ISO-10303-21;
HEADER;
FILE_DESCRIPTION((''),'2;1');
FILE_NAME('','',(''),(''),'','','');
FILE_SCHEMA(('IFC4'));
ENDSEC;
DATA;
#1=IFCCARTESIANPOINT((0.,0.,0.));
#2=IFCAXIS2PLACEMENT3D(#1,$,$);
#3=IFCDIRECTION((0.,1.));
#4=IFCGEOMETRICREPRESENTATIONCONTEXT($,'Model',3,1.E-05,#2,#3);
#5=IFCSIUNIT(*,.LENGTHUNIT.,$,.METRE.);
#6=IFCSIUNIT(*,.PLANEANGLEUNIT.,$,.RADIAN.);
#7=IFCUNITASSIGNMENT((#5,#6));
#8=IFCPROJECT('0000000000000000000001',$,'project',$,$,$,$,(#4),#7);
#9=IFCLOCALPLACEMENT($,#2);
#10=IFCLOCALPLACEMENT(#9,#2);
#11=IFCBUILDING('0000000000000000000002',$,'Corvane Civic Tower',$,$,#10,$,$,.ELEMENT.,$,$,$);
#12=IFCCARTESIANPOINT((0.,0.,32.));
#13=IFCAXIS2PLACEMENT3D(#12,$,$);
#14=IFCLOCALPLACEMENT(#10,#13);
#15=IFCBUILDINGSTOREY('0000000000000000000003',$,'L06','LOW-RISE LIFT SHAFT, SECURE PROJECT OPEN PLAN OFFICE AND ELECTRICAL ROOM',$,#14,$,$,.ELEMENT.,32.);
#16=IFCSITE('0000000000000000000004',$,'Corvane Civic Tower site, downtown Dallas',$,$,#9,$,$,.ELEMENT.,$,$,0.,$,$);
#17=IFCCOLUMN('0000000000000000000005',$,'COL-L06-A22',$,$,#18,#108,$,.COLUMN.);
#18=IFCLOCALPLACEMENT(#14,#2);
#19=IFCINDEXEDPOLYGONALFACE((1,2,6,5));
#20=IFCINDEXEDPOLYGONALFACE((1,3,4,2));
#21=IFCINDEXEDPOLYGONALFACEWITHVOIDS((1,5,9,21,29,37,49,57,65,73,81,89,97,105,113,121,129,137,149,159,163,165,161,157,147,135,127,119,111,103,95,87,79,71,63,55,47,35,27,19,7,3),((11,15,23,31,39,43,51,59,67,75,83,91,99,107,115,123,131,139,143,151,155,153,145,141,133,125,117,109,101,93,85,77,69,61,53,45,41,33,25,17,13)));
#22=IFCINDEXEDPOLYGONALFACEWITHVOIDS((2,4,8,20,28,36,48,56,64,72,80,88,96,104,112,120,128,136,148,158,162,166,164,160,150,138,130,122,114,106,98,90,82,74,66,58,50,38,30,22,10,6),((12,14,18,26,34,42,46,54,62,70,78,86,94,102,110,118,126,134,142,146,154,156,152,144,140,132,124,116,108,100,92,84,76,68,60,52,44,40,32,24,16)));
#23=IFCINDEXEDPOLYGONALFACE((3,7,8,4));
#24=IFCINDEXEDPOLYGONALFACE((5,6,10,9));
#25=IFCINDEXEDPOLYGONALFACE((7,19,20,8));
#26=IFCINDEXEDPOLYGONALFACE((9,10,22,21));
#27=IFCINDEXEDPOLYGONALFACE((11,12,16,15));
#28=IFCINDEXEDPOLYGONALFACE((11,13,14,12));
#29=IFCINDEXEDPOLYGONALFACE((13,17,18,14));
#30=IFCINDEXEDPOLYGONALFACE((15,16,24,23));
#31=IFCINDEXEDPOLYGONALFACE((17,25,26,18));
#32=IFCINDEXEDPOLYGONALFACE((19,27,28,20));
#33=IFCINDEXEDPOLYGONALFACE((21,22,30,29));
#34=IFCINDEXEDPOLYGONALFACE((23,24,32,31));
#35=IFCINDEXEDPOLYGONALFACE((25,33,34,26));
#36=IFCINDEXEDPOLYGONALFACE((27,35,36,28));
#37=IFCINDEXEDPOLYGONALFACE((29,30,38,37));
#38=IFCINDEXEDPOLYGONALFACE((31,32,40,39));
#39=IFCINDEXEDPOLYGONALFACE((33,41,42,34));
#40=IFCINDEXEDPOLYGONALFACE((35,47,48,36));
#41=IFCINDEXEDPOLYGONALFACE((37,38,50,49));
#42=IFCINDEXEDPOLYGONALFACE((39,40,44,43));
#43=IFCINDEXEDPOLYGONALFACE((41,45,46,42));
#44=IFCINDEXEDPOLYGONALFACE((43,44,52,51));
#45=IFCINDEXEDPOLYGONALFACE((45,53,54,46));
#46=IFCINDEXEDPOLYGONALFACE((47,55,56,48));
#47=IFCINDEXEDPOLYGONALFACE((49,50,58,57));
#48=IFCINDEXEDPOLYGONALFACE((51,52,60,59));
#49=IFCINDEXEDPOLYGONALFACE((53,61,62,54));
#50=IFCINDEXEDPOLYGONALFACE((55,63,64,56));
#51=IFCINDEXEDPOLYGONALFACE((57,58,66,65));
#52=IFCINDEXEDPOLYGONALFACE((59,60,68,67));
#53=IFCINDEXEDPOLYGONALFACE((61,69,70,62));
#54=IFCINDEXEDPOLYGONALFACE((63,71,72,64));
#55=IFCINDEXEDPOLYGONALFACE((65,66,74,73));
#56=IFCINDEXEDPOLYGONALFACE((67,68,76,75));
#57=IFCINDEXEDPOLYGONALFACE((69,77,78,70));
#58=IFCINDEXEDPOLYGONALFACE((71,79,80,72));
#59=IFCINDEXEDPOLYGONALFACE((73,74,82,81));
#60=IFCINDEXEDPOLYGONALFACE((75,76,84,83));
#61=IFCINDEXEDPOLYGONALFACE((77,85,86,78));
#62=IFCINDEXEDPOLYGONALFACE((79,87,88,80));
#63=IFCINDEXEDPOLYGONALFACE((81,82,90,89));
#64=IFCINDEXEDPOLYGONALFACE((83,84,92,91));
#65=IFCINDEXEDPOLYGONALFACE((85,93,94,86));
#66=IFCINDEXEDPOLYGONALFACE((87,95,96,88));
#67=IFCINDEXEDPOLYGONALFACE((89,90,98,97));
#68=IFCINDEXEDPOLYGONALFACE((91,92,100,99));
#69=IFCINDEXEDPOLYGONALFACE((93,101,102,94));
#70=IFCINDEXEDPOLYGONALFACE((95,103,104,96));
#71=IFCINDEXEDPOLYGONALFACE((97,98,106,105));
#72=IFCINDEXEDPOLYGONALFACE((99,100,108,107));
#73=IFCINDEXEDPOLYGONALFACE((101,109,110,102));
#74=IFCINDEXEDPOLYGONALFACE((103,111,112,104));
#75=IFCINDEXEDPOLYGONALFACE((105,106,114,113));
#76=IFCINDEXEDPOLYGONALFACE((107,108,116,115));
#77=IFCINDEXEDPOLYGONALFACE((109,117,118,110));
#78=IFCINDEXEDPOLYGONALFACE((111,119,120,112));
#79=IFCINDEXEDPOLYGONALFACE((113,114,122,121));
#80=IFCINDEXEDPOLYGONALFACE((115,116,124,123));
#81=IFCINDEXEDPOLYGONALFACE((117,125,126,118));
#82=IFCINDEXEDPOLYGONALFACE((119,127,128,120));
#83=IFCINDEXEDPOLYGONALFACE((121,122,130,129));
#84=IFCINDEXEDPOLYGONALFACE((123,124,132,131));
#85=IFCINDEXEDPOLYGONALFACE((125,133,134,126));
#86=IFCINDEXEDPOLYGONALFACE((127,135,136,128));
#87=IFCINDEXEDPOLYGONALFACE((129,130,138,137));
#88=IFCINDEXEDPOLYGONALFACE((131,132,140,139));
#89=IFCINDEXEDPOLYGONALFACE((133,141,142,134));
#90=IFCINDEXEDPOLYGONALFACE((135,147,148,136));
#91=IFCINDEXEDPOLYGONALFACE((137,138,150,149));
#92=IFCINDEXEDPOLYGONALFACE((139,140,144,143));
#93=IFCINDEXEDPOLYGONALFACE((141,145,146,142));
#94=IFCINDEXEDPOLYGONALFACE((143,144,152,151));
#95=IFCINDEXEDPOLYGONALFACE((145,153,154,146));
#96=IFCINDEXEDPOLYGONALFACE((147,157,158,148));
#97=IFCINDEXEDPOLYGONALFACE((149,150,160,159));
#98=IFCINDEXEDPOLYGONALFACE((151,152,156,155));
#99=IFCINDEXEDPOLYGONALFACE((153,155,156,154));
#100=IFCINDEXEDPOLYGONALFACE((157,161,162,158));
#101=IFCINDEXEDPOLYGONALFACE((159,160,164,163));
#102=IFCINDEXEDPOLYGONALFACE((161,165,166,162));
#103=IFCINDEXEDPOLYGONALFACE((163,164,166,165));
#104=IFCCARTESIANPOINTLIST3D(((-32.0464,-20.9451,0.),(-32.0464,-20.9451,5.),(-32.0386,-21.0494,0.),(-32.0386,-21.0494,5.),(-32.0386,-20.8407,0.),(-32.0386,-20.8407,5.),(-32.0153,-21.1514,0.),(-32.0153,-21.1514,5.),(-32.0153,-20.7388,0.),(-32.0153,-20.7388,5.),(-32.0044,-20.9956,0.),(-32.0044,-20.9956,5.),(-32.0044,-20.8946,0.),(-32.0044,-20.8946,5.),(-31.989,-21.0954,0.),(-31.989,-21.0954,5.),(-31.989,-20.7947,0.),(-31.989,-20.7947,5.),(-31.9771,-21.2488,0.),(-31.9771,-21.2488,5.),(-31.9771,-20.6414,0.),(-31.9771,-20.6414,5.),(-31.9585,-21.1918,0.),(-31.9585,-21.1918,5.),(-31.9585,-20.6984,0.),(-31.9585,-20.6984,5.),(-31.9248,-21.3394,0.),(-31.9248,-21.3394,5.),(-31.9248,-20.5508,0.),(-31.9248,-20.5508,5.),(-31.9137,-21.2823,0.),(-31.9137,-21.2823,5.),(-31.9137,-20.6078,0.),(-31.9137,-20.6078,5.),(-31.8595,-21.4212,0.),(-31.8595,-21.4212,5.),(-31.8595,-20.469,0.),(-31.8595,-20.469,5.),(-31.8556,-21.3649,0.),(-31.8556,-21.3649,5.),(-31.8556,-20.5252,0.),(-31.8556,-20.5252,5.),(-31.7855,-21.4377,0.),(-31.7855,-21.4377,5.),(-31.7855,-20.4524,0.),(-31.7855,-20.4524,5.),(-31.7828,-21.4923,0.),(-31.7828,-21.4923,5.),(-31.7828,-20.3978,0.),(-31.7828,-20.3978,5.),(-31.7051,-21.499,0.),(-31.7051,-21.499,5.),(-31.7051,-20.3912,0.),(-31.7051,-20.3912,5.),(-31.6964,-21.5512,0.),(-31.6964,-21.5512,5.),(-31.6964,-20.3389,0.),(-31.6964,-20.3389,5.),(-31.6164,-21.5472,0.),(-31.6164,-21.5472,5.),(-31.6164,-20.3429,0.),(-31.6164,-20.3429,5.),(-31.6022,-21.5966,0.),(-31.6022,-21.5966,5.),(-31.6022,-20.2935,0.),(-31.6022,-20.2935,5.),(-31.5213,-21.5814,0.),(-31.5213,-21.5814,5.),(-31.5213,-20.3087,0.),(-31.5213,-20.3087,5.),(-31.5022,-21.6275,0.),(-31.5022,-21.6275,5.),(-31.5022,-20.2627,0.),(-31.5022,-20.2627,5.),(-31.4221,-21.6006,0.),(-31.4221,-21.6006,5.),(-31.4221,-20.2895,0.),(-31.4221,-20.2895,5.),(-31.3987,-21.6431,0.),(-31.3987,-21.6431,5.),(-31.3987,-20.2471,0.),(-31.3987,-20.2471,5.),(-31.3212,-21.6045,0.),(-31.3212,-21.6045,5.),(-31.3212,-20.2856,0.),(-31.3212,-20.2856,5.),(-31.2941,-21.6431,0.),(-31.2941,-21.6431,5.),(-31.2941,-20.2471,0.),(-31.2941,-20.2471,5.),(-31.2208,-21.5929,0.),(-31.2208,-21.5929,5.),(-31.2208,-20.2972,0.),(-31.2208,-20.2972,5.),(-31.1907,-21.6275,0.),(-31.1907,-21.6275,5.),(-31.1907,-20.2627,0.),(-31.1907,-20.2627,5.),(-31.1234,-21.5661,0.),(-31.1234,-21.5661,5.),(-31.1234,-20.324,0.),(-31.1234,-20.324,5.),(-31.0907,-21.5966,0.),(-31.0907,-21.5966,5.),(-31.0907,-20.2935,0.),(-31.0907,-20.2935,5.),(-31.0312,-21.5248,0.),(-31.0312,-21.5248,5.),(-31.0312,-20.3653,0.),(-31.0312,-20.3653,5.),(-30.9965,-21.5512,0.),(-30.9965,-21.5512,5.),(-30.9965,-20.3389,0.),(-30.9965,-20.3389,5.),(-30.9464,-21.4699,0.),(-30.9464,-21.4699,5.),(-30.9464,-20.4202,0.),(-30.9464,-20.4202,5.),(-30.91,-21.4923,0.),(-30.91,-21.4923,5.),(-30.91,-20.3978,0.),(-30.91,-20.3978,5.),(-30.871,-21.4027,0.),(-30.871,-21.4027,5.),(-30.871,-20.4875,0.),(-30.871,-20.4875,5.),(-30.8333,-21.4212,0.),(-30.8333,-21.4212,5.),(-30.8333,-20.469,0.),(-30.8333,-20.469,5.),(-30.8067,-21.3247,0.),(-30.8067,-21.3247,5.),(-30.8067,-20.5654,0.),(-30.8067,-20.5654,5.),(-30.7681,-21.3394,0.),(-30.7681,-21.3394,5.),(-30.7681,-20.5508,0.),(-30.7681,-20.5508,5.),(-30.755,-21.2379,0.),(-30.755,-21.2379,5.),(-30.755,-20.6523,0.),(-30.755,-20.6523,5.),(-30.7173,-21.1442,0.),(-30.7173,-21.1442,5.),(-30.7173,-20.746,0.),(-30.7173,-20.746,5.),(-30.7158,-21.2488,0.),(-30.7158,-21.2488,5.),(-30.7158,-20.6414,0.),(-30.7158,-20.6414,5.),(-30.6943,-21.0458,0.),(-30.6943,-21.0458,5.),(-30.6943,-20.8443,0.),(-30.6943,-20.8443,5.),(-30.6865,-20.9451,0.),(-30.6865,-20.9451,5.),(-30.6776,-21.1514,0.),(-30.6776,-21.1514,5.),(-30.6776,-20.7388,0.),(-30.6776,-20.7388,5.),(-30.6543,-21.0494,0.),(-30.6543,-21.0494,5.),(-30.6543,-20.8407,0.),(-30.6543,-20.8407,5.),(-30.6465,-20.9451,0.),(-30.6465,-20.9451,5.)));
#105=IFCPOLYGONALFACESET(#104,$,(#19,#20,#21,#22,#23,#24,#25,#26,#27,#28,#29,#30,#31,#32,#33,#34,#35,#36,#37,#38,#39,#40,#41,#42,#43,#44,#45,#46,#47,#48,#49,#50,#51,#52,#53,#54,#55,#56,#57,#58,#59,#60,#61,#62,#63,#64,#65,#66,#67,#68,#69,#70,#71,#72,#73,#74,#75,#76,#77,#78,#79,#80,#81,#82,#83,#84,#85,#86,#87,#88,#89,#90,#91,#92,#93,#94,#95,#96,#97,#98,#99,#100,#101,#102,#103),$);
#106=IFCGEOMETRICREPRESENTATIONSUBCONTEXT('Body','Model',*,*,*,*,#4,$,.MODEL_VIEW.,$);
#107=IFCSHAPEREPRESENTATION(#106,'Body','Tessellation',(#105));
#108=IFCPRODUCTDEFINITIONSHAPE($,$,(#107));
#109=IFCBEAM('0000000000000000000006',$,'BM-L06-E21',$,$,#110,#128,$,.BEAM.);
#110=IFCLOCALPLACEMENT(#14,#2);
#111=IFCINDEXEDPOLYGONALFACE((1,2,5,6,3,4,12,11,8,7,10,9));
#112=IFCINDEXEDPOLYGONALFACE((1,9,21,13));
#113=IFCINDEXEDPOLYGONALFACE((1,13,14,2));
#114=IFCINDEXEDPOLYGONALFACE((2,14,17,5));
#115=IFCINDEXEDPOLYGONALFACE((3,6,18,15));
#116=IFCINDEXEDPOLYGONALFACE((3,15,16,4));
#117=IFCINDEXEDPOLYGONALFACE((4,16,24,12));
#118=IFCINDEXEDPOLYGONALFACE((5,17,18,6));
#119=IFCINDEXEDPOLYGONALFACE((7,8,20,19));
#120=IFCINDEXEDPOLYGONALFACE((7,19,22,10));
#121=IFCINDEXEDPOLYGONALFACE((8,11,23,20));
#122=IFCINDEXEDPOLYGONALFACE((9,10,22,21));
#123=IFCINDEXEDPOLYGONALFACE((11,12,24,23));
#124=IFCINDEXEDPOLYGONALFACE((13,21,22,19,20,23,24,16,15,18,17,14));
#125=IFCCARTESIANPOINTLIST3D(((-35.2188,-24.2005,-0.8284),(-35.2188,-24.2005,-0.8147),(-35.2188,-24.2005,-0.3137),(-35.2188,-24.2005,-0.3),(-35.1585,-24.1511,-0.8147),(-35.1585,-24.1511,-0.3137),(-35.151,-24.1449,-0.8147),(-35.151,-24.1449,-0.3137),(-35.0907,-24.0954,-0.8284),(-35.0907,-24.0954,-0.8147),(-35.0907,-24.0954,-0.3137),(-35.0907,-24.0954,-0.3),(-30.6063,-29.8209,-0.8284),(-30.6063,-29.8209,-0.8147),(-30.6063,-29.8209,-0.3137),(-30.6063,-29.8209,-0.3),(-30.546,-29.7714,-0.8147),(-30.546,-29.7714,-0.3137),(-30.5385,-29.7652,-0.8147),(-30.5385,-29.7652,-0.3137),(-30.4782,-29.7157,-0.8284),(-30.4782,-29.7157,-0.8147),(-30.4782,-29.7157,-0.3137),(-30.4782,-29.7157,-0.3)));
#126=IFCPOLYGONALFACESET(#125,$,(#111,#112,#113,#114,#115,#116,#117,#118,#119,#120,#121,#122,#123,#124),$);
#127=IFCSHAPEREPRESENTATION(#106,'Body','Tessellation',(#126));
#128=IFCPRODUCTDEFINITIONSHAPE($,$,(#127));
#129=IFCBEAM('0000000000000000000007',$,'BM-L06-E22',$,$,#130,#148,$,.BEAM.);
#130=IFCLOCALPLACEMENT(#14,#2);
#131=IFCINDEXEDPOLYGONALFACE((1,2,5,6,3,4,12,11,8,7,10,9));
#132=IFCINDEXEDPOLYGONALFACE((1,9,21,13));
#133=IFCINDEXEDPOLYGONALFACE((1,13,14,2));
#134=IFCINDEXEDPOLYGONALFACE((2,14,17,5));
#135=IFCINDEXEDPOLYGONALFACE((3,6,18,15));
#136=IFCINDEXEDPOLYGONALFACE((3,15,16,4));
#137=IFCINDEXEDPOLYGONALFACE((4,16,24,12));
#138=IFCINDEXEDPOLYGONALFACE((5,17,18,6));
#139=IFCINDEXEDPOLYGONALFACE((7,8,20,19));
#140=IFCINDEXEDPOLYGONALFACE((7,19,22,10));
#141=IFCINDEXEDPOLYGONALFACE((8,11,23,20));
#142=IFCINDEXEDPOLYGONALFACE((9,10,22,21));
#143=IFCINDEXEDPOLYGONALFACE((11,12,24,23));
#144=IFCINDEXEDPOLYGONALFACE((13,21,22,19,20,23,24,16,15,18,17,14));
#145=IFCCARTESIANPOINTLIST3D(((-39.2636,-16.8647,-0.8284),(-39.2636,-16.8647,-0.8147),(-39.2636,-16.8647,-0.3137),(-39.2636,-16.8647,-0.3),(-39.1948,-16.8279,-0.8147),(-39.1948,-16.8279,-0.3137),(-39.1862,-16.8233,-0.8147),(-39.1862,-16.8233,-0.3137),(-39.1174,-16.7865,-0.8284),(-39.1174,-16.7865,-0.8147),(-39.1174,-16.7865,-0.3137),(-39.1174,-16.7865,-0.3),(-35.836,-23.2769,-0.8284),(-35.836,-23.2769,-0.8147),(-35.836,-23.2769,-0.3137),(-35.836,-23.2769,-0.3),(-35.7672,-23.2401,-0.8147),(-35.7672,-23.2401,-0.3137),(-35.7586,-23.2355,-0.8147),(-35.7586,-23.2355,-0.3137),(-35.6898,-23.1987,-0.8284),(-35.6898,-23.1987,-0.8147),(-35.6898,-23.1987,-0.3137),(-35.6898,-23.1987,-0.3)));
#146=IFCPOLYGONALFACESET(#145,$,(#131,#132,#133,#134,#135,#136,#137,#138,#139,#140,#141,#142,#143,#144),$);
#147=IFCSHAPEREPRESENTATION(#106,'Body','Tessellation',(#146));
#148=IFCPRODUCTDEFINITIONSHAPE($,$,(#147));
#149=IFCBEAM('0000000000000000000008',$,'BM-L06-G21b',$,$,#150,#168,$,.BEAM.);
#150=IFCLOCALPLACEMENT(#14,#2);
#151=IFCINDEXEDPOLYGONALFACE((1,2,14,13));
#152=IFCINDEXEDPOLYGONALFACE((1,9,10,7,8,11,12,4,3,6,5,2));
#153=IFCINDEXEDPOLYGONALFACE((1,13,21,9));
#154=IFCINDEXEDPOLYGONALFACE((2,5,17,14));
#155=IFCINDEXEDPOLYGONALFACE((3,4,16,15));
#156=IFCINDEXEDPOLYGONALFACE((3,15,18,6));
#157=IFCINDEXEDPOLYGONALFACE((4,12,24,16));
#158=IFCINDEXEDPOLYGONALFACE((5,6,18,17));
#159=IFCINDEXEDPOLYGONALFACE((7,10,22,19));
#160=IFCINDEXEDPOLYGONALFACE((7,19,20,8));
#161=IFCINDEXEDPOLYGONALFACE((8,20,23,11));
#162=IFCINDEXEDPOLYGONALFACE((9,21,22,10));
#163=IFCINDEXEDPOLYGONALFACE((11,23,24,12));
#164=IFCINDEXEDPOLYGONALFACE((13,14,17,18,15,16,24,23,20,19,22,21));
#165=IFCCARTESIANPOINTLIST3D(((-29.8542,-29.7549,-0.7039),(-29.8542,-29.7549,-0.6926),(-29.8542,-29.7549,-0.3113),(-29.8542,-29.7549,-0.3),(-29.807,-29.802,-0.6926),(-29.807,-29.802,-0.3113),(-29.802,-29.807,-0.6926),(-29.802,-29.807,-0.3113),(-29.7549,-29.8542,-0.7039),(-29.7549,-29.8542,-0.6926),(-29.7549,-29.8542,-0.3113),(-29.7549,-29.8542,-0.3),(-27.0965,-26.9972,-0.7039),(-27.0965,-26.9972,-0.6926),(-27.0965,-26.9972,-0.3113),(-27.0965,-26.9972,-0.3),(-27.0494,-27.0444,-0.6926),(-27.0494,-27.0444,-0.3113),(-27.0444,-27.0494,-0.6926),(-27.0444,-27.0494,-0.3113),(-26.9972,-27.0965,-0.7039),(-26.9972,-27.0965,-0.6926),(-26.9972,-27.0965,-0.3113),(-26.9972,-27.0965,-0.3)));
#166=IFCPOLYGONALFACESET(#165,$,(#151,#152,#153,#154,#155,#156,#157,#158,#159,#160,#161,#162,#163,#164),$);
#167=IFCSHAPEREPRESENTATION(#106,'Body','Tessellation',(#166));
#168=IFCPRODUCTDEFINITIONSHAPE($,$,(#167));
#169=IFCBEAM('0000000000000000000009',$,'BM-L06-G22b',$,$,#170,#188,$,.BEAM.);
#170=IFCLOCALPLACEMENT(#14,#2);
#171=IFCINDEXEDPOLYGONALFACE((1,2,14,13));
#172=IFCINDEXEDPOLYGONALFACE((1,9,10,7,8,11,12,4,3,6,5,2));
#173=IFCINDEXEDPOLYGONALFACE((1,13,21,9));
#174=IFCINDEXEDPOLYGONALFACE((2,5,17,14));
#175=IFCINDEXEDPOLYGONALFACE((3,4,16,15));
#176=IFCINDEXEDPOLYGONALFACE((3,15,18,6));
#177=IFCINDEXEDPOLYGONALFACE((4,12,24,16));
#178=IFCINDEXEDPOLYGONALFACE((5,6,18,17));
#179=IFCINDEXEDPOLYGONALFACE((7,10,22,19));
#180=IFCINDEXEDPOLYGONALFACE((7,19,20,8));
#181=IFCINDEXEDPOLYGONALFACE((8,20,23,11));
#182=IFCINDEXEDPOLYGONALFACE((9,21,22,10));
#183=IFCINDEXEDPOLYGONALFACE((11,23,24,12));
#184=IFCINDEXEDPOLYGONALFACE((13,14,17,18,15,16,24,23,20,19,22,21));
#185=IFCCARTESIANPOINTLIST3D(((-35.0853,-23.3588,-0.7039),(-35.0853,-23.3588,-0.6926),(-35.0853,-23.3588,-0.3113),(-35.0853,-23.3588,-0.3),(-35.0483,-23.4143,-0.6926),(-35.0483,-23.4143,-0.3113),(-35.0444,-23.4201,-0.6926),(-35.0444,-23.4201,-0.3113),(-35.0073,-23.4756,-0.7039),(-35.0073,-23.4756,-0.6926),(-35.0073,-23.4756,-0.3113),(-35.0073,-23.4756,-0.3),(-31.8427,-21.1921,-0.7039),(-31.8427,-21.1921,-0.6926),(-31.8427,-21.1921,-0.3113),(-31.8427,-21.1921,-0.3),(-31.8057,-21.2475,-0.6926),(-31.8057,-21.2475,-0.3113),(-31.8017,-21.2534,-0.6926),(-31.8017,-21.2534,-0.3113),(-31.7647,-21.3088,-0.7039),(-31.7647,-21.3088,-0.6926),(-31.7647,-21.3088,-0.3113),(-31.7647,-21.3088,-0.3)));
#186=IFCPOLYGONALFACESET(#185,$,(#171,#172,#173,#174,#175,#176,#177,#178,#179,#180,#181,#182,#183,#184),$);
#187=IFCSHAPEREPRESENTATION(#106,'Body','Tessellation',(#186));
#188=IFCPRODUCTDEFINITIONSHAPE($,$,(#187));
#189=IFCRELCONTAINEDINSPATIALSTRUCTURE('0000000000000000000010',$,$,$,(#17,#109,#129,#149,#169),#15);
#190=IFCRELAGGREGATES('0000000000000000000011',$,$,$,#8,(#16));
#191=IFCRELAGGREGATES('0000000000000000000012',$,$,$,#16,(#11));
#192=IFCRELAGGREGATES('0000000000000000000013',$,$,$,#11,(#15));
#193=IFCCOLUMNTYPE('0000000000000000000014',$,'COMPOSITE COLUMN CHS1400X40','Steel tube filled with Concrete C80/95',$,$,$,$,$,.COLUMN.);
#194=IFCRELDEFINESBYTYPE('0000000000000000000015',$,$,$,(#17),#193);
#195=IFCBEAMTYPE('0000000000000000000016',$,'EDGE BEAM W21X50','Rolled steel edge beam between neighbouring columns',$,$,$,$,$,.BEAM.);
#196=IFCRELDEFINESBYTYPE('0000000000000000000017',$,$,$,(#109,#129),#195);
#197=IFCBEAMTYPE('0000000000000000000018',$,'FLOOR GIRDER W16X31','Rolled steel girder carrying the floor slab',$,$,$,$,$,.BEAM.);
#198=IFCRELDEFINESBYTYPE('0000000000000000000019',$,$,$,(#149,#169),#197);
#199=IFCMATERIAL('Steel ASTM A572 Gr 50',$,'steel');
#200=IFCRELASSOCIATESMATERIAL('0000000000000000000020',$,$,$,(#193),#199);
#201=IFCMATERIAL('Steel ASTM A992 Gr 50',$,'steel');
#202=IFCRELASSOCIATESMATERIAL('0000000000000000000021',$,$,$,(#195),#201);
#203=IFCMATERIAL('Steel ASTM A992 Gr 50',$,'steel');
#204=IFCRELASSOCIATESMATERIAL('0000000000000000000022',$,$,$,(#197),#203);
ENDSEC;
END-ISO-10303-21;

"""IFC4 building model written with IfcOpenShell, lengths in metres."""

from ifc_helpers import new_model, si_unit, direction, frame, origin, origin_2d, place, context, subcontext, project, spatial, hollow_circle, i_section, extrude, material, material_profile, profile_set, type_object, element, save


model = new_model("IFC4")

# Units and contexts
model_context = context("Model", 3, precision=1e-05, world=origin(), true_north=direction((0.0, 1.0)))
body_context = subcontext(model_context, "Body", "Model", "MODEL_VIEW")
ifc_project = project(units=[si_unit("LENGTHUNIT", "METRE"), si_unit("PLANEANGLEUNIT", "RADIAN")], contexts=[model_context])

# Site, building, storey
site_placement = place(None, origin())
site = spatial("IfcSite", under=ifc_project, at=site_placement, Name="Corvane Civic Tower site, downtown Dallas", CompositionType="ELEMENT", RefElevation=0.0)
building_placement = place(site_placement, origin())
building = spatial("IfcBuilding", under=site, at=building_placement, Name="Corvane Civic Tower", CompositionType="ELEMENT")
storey_placement = place(building_placement, frame((0.0, 0.0, 32.0)))
storey = spatial("IfcBuildingStorey", under=building, at=storey_placement, Name="L06", Description="LOW-RISE LIFT SHAFT, SECURE PROJECT OPEN PLAN OFFICE AND ELECTRICAL ROOM", CompositionType="ELEMENT", Elevation=32.0)

# Column
ifc_material_1 = material(Name="Steel ASTM A572 Gr 50", Category="steel")
ifc_material_profile_1 = material_profile(ifc_material_1, hollow_circle(Radius=0.7, WallThickness=0.04, at=origin_2d()), Name="CHS1400X40")
ifc_profile_set_1 = profile_set([ifc_material_profile_1], Name="Steel ASTM A572 Gr 50")
column_type_1 = type_object("IfcColumnType", Name="COMPOSITE COLUMN CHS1400X40", Description="Steel tube filled with Concrete C80/95", PredefinedType="COLUMN", material=ifc_profile_set_1)
for number, where, z_axis, x_axis, name in (
    (1, (-31.3464, -20.9451, 0.0), (0.0, 0.0, 1.0), (1.0, 0.0, 0.0), "COL-L06-A22"),
):
    element("IfcColumn", number, at=place(storey_placement, frame(where, z_axis=z_axis, x_axis=x_axis)), inside=storey, type_object=column_type_1, Name=name, PredefinedType="COLUMN", context=body_context, shape_type="SweptSolid", body=[
        extrude(hollow_circle(Radius=0.7, WallThickness=0.04, at=origin_2d()), origin(), (0.0, 0.0, 1.0), 5.0),
    ])

# Beams
ifc_material_2 = material(Name="Steel ASTM A992 Gr 50", Category="steel")
ifc_material_profile_2 = material_profile(ifc_material_2, i_section(OverallWidth=0.1658, OverallDepth=0.5283, WebThickness=0.0098, FlangeThickness=0.0137, at=origin_2d()), Name="W21X50")
ifc_profile_set_2 = profile_set([ifc_material_profile_2], Name="Steel ASTM A992 Gr 50")
beam_type_1 = type_object("IfcBeamType", Name="EDGE BEAM W21X50", Description="Rolled steel edge beam between neighbouring columns", PredefinedType="BEAM", material=ifc_profile_set_2)
for number, where, z_axis, x_axis, name in (
    (2, (-30.5422, -29.7683, -0.5642), (-0.634396, 0.773008, 0.0), (-0.773008, -0.634396, 0.0), "BM-L06-E21"),
    (3, (-35.7629, -23.2378, -0.5642), (-0.471412, 0.881913, 0.0), (-0.881913, -0.471412, 0.0), "BM-L06-E22"),
):
    element("IfcBeam", number, at=place(storey_placement, frame(where, z_axis=z_axis, x_axis=x_axis)), inside=storey, type_object=beam_type_1, Name=name, PredefinedType="BEAM", context=body_context, shape_type="SweptSolid", body=[
        extrude(i_section(OverallWidth=0.1658, OverallDepth=0.5283, WebThickness=0.0098, FlangeThickness=0.0137, at=origin_2d()), origin(), (0.0, 0.0, 1.0), 7.2708),
    ])
ifc_material_3 = material(Name="Steel ASTM A992 Gr 50", Category="steel")
ifc_material_profile_3 = material_profile(ifc_material_3, i_section(OverallWidth=0.1404, OverallDepth=0.4038, WebThickness=0.0071, FlangeThickness=0.0112, at=origin_2d()), Name="W16X31")
ifc_profile_set_3 = profile_set([ifc_material_profile_3], Name="Steel ASTM A992 Gr 50")
beam_type_2 = type_object("IfcBeamType", Name="FLOOR GIRDER W16X31", Description="Rolled steel girder carrying the floor slab", PredefinedType="BEAM", material=ifc_profile_set_3)
for number, where, z_axis, x_axis, name in (
    (4, (-27.0469, -27.0469, -0.502), (-0.707107, -0.707107, 0.0), (0.707107, -0.707107, 0.0), "BM-L06-G21b"),
    (5, (-31.8037, -21.2505, -0.502), (-0.831462, -0.555581, 0.0), (0.555581, -0.831462, 0.0), "BM-L06-G22b"),
):
    element("IfcBeam", number, at=place(storey_placement, frame(where, z_axis=z_axis, x_axis=x_axis)), inside=storey, type_object=beam_type_2, Name=name, PredefinedType="BEAM", context=body_context, shape_type="SweptSolid", body=[
        extrude(i_section(OverallWidth=0.1404, OverallDepth=0.4038, WebThickness=0.0071, FlangeThickness=0.0112, at=origin_2d()), origin(), (0.0, 0.0, 1.0), 3.8999),
    ])

save(model, "model.ifc")
